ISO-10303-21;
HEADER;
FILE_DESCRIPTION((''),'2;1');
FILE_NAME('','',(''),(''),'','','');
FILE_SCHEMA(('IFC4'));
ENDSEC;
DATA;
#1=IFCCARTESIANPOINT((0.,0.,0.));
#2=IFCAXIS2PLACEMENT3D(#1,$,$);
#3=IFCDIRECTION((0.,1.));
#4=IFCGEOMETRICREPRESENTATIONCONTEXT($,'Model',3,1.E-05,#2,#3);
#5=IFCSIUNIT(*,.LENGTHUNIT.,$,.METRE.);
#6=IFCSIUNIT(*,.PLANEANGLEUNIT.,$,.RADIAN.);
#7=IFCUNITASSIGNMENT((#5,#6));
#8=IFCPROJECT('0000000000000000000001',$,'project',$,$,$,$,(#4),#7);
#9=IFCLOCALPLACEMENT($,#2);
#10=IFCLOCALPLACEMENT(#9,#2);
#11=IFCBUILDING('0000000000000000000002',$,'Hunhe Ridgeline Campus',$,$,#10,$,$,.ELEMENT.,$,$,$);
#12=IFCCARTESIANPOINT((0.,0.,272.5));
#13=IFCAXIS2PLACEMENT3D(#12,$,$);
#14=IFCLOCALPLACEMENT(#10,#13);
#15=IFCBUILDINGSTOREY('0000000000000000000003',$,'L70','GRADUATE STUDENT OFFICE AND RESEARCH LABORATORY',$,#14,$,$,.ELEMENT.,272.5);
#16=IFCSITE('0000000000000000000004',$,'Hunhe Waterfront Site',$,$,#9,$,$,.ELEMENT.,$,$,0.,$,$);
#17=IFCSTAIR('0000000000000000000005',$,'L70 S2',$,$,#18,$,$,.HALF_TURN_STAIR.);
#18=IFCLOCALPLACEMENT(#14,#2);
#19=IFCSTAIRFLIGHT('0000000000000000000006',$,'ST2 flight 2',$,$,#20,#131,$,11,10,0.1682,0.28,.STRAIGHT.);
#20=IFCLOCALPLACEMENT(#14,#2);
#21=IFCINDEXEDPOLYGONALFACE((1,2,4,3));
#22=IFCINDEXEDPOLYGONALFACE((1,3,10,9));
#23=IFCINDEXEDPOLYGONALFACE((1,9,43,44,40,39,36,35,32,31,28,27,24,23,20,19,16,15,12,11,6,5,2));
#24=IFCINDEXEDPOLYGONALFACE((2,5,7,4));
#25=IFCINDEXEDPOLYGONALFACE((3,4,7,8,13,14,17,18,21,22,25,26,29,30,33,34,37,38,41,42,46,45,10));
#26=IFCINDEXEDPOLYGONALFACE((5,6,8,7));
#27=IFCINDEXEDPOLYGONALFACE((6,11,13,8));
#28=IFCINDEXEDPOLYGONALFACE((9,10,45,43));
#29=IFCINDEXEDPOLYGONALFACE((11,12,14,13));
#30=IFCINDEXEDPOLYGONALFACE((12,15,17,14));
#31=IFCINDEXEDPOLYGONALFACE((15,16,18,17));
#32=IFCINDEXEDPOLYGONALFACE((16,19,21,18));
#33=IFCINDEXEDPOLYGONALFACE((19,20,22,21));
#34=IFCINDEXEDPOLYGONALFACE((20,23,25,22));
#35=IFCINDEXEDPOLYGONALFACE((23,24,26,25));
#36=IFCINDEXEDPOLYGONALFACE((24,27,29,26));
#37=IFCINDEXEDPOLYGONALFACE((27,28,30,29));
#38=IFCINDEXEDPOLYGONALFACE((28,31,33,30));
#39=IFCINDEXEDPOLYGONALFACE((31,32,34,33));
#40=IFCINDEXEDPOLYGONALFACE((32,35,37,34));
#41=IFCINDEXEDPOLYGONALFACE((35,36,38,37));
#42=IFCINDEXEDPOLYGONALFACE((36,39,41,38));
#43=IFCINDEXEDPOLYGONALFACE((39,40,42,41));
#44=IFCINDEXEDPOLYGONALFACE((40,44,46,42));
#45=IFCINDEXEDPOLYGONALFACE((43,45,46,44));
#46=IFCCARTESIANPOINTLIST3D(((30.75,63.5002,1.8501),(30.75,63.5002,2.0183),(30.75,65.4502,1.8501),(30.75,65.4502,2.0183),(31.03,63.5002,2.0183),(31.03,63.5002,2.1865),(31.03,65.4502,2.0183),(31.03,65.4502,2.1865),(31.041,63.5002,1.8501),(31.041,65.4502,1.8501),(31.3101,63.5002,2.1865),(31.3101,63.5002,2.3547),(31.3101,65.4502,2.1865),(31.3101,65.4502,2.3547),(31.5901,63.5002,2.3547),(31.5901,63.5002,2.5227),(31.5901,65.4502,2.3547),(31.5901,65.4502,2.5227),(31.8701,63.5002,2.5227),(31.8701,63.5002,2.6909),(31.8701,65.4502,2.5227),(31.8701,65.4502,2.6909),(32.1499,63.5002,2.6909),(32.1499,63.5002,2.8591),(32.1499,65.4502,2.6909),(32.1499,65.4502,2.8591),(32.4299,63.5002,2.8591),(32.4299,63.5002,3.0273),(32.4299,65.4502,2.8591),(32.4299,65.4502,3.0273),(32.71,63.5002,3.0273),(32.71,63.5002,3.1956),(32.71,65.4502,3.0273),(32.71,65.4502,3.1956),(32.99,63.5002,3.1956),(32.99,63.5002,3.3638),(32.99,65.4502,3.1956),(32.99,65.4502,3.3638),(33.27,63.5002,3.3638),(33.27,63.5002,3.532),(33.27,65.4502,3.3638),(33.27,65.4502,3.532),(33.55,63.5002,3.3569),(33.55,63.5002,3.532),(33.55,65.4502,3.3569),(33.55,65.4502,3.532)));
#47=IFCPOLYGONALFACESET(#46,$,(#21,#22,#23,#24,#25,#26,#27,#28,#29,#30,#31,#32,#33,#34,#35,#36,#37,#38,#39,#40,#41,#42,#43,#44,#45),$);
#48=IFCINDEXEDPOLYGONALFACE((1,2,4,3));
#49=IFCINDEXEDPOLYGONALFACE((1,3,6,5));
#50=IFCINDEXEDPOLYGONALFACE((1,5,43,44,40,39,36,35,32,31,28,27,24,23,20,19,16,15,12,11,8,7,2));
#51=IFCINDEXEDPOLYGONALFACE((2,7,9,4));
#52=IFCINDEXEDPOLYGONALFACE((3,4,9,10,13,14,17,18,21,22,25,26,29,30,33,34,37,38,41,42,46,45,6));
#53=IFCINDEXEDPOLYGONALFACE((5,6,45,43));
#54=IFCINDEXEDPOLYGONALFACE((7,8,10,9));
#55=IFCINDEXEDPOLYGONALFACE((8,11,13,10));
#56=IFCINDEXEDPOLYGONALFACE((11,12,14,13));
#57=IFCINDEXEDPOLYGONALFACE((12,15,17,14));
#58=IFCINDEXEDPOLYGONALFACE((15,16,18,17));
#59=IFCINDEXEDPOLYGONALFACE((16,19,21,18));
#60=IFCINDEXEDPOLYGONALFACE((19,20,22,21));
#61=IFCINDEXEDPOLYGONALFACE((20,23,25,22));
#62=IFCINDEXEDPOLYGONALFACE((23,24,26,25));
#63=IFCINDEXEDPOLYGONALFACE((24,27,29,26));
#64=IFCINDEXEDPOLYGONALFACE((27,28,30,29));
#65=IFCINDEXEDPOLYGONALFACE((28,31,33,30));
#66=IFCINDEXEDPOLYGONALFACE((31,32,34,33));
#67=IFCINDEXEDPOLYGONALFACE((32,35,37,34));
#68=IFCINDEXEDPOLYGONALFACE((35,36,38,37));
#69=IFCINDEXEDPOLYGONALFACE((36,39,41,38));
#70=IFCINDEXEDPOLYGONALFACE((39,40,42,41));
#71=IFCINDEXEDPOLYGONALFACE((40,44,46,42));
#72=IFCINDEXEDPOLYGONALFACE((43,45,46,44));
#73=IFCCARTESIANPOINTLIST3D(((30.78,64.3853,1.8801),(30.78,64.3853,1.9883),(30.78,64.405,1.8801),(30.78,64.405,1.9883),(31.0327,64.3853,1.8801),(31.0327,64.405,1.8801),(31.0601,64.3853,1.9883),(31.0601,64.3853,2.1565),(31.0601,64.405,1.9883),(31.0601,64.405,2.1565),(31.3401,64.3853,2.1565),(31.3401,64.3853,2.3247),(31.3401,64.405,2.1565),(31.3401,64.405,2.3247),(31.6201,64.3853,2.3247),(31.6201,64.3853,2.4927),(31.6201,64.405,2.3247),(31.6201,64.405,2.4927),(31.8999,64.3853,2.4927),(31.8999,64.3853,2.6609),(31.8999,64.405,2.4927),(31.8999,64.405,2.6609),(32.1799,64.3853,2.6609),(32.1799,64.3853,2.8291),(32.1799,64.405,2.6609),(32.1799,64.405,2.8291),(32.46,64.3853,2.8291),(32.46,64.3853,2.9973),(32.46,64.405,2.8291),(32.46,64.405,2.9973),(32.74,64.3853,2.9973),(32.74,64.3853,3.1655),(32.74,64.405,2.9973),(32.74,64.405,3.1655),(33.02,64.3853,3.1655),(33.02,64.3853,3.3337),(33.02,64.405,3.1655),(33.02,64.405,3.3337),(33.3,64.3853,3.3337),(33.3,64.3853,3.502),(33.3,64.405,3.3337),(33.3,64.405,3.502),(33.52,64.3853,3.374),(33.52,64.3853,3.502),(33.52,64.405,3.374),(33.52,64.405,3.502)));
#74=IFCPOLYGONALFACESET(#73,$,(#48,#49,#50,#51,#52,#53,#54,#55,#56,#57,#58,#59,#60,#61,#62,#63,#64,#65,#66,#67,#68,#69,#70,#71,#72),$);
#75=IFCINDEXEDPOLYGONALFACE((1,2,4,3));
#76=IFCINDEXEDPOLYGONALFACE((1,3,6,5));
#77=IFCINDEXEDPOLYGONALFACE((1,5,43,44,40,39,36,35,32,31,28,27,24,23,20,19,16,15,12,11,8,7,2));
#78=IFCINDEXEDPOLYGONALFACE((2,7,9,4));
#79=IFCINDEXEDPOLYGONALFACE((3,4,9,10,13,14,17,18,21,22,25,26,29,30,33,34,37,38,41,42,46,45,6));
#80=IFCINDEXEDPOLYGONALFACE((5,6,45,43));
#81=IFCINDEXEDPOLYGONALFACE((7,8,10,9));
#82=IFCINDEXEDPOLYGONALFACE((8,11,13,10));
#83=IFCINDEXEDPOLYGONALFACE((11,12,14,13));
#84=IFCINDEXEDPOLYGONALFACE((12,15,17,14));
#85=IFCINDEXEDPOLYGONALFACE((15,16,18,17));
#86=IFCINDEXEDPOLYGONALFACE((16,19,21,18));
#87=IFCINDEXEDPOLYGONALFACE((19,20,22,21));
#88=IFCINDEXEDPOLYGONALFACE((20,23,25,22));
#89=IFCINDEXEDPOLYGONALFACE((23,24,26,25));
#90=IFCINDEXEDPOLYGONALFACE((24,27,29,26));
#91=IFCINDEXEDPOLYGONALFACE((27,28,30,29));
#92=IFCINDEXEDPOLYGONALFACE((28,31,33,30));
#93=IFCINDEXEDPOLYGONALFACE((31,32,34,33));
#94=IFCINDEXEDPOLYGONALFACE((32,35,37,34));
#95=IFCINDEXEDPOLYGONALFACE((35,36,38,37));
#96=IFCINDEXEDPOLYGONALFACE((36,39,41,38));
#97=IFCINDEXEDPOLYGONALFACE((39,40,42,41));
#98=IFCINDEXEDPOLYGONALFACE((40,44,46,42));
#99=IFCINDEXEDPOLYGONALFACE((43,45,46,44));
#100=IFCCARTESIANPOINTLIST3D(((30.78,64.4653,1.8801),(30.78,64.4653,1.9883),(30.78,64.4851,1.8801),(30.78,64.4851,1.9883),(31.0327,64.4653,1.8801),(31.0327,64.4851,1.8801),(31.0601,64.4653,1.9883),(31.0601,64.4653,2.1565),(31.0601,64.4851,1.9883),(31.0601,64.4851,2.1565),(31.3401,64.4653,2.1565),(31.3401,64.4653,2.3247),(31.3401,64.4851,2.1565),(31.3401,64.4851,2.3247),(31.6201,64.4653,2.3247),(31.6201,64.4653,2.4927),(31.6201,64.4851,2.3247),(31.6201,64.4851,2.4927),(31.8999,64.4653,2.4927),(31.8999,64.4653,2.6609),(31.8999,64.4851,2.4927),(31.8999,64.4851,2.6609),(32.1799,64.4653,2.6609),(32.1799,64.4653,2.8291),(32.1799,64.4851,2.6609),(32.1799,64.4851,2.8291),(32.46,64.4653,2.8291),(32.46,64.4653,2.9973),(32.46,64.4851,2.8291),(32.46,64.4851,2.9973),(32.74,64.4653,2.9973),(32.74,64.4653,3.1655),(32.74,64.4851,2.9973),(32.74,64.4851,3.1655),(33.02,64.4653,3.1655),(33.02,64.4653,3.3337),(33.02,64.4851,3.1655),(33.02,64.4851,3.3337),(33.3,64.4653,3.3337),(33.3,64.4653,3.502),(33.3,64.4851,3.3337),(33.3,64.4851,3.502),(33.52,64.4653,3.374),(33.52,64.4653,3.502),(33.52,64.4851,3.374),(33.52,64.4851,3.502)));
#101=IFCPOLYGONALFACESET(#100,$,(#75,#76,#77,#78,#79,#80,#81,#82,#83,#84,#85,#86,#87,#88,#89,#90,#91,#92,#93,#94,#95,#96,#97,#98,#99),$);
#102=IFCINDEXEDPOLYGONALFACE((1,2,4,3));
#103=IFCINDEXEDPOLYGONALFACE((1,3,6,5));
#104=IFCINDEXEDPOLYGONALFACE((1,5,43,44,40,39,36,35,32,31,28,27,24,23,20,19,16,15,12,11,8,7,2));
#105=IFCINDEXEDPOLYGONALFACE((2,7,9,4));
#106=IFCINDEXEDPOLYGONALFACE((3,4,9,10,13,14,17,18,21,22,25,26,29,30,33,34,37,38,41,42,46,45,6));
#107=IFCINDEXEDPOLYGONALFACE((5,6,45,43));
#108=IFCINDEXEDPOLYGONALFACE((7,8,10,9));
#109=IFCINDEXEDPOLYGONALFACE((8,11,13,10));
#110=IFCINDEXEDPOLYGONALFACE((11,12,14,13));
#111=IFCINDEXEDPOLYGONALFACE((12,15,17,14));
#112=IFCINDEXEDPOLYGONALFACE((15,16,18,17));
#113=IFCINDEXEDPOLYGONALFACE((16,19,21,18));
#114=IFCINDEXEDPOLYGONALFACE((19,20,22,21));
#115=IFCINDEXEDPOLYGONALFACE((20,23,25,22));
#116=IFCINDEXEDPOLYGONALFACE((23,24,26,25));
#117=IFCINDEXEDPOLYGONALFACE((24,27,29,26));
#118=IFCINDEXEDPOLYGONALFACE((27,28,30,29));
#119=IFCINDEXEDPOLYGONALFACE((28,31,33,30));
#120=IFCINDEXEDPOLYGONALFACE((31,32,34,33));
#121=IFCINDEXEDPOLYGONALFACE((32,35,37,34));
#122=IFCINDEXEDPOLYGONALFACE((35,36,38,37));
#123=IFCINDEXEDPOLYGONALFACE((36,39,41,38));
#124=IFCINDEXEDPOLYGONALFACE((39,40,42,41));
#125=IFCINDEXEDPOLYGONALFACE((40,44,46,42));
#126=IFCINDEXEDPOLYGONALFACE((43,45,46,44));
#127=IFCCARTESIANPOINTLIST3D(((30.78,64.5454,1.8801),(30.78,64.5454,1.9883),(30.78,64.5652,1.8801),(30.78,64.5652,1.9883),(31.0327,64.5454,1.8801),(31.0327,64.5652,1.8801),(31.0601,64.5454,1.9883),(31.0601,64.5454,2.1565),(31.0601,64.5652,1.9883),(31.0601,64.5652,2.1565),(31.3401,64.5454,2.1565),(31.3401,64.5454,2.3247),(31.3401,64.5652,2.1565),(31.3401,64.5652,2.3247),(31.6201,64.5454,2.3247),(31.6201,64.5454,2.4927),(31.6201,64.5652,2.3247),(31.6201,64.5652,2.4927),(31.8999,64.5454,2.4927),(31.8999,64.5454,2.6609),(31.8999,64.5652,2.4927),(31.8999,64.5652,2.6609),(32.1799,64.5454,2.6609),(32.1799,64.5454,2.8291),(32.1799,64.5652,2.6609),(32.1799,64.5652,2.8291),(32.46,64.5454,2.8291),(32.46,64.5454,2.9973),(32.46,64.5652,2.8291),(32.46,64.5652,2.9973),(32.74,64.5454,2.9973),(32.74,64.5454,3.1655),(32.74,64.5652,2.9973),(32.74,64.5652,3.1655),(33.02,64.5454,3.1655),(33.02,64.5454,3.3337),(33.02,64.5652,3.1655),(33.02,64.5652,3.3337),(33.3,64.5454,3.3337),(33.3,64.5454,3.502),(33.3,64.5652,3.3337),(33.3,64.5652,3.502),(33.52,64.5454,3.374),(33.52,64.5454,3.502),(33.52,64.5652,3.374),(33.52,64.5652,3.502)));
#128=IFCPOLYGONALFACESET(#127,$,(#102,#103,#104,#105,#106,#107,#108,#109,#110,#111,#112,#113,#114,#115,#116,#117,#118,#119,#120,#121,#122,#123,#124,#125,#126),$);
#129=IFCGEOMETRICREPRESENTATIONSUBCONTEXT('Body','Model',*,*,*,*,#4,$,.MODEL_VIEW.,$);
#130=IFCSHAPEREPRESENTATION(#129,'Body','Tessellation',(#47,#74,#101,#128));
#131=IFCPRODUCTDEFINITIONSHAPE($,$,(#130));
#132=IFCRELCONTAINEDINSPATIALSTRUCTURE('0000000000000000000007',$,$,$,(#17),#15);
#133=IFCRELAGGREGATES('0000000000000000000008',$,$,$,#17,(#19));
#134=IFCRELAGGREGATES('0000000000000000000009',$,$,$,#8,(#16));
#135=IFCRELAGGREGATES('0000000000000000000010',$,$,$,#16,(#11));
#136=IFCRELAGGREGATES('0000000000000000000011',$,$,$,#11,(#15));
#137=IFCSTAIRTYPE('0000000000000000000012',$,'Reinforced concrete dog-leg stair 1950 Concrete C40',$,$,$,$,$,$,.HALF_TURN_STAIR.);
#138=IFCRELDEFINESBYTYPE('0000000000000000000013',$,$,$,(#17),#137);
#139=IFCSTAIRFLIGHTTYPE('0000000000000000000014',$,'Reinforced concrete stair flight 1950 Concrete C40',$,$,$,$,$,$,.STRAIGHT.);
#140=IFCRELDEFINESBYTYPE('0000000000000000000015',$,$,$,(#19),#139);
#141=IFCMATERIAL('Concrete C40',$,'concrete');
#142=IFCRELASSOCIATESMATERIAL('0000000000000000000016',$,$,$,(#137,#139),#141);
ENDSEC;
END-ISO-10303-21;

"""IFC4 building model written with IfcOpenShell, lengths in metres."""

from ifc_helpers import new_model, si_unit, direction, frame, origin, place, context, subcontext, project, spatial, polyline, outline, extrude, material, type_object, element, aggregate, save


model = new_model("IFC4")

# Units and contexts
model_context = context("Model", 3, precision=1e-05, world=origin(), true_north=direction((0.0, 1.0)))
body_context = subcontext(model_context, "Body", "Model", "MODEL_VIEW")
ifc_project = project(units=[si_unit("LENGTHUNIT", "METRE"), si_unit("PLANEANGLEUNIT", "RADIAN")], contexts=[model_context])

# Site, building, storey
site_placement = place(None, origin())
site = spatial("IfcSite", under=ifc_project, at=site_placement, Name="Hunhe Waterfront Site", CompositionType="ELEMENT", RefElevation=0.0)
building_placement = place(site_placement, origin())
building = spatial("IfcBuilding", under=site, at=building_placement, Name="Hunhe Ridgeline Campus", CompositionType="ELEMENT")
storey_placement = place(building_placement, frame((0.0, 0.0, 272.5)))
storey = spatial("IfcBuildingStorey", under=building, at=storey_placement, Name="L70", Description="GRADUATE STUDENT OFFICE AND RESEARCH LABORATORY", CompositionType="ELEMENT", Elevation=272.5)

# Stair, stair flight
ifc_material_1 = material(Name="Concrete C40", Category="concrete")
stair_type = type_object("IfcStairType", Name="Reinforced concrete dog-leg stair 1950 Concrete C40", PredefinedType="HALF_TURN_STAIR", material=ifc_material_1)
stair_placement = place(storey_placement, origin())
stair = element("IfcStair", 1, at=stair_placement, inside=storey, type_object=stair_type, Name="L70 S2", PredefinedType="HALF_TURN_STAIR")
stair_flight_type = type_object("IfcStairFlightType", Name="Reinforced concrete stair flight 1950 Concrete C40", PredefinedType="STRAIGHT", material=ifc_material_1)
stair_flight_1_placement = place(storey_placement, frame((30.75, 64.4751, 1.8501), z_axis=(0.0, 0.0, 1.0), x_axis=(1.0, 0.0, 0.0)))
stair_flight_1 = element("IfcStairFlight", 2, at=stair_flight_1_placement, type_object=stair_flight_type, Name="ST2 flight 2", NumberOfRisers=11, NumberOfTreads=10, PredefinedType="STRAIGHT", RiserHeight=0.1682, TreadLength=0.28, context=body_context, shape_type="SweptSolid", body=[
    extrude(outline(polyline([(0.0, 0.0), (0.0, 0.1682), (0.28, 0.1682), (0.28, 0.3364), (0.5601, 0.3364), (0.5601, 0.5046), (0.8401, 0.5046), (0.8401, 0.6726), (1.1201, 0.6726), (1.1201, 0.8408), (1.3999, 0.8408), (1.3999, 1.009), (1.6799, 1.009), (1.6799, 1.1772), (1.96, 1.1772), (1.96, 1.3455), (2.24, 1.3455), (2.24, 1.5137), (2.52, 1.5137), (2.52, 1.6819), (2.8, 1.6819), (2.8, 1.8501), (2.8, 1.5068), (0.291, 0.0), (0.0, 0.0)])), frame((0.0, 0.9751, 0.0), z_axis=(0.0, -1.0, 0.0), x_axis=(1.0, 0.0, 0.0)), (0.0, 0.0, 1.0), 1.95),
    extrude(outline(polyline([(0.03, 0.03), (0.03, 0.1382), (0.3101, 0.1382), (0.3101, 0.3064), (0.5901, 0.3064), (0.5901, 0.4746), (0.8701, 0.4746), (0.8701, 0.6426), (1.1499, 0.6426), (1.1499, 0.8108), (1.4299, 0.8108), (1.4299, 0.979), (1.71, 0.979), (1.71, 1.1472), (1.99, 1.1472), (1.99, 1.3154), (2.27, 1.3154), (2.27, 1.4836), (2.55, 1.4836), (2.55, 1.6519), (2.77, 1.6519), (2.77, 1.5239), (0.2827, 0.03), (0.03, 0.03)])), frame((0.0, -0.0701, 0.0), z_axis=(0.0, -1.0, 0.0), x_axis=(1.0, 0.0, 0.0)), (0.0, 0.0, 1.0), 0.0198),
    extrude(outline(polyline([(0.03, 0.03), (0.03, 0.1382), (0.3101, 0.1382), (0.3101, 0.3064), (0.5901, 0.3064), (0.5901, 0.4746), (0.8701, 0.4746), (0.8701, 0.6426), (1.1499, 0.6426), (1.1499, 0.8108), (1.4299, 0.8108), (1.4299, 0.979), (1.71, 0.979), (1.71, 1.1472), (1.99, 1.1472), (1.99, 1.3154), (2.27, 1.3154), (2.27, 1.4836), (2.55, 1.4836), (2.55, 1.6519), (2.77, 1.6519), (2.77, 1.5239), (0.2827, 0.03), (0.03, 0.03)])), frame((0.0, 0.01, 0.0), z_axis=(0.0, -1.0, 0.0), x_axis=(1.0, 0.0, 0.0)), (0.0, 0.0, 1.0), 0.0198),
    extrude(outline(polyline([(0.03, 0.03), (0.03, 0.1382), (0.3101, 0.1382), (0.3101, 0.3064), (0.5901, 0.3064), (0.5901, 0.4746), (0.8701, 0.4746), (0.8701, 0.6426), (1.1499, 0.6426), (1.1499, 0.8108), (1.4299, 0.8108), (1.4299, 0.979), (1.71, 0.979), (1.71, 1.1472), (1.99, 1.1472), (1.99, 1.3154), (2.27, 1.3154), (2.27, 1.4836), (2.55, 1.4836), (2.55, 1.6519), (2.77, 1.6519), (2.77, 1.5239), (0.2827, 0.03), (0.03, 0.03)])), frame((0.0, 0.0901, 0.0), z_axis=(0.0, -1.0, 0.0), x_axis=(1.0, 0.0, 0.0)), (0.0, 0.0, 1.0), 0.0198),
])
aggregate(stair, [stair_flight_1])

save(model, "model.ifc")
